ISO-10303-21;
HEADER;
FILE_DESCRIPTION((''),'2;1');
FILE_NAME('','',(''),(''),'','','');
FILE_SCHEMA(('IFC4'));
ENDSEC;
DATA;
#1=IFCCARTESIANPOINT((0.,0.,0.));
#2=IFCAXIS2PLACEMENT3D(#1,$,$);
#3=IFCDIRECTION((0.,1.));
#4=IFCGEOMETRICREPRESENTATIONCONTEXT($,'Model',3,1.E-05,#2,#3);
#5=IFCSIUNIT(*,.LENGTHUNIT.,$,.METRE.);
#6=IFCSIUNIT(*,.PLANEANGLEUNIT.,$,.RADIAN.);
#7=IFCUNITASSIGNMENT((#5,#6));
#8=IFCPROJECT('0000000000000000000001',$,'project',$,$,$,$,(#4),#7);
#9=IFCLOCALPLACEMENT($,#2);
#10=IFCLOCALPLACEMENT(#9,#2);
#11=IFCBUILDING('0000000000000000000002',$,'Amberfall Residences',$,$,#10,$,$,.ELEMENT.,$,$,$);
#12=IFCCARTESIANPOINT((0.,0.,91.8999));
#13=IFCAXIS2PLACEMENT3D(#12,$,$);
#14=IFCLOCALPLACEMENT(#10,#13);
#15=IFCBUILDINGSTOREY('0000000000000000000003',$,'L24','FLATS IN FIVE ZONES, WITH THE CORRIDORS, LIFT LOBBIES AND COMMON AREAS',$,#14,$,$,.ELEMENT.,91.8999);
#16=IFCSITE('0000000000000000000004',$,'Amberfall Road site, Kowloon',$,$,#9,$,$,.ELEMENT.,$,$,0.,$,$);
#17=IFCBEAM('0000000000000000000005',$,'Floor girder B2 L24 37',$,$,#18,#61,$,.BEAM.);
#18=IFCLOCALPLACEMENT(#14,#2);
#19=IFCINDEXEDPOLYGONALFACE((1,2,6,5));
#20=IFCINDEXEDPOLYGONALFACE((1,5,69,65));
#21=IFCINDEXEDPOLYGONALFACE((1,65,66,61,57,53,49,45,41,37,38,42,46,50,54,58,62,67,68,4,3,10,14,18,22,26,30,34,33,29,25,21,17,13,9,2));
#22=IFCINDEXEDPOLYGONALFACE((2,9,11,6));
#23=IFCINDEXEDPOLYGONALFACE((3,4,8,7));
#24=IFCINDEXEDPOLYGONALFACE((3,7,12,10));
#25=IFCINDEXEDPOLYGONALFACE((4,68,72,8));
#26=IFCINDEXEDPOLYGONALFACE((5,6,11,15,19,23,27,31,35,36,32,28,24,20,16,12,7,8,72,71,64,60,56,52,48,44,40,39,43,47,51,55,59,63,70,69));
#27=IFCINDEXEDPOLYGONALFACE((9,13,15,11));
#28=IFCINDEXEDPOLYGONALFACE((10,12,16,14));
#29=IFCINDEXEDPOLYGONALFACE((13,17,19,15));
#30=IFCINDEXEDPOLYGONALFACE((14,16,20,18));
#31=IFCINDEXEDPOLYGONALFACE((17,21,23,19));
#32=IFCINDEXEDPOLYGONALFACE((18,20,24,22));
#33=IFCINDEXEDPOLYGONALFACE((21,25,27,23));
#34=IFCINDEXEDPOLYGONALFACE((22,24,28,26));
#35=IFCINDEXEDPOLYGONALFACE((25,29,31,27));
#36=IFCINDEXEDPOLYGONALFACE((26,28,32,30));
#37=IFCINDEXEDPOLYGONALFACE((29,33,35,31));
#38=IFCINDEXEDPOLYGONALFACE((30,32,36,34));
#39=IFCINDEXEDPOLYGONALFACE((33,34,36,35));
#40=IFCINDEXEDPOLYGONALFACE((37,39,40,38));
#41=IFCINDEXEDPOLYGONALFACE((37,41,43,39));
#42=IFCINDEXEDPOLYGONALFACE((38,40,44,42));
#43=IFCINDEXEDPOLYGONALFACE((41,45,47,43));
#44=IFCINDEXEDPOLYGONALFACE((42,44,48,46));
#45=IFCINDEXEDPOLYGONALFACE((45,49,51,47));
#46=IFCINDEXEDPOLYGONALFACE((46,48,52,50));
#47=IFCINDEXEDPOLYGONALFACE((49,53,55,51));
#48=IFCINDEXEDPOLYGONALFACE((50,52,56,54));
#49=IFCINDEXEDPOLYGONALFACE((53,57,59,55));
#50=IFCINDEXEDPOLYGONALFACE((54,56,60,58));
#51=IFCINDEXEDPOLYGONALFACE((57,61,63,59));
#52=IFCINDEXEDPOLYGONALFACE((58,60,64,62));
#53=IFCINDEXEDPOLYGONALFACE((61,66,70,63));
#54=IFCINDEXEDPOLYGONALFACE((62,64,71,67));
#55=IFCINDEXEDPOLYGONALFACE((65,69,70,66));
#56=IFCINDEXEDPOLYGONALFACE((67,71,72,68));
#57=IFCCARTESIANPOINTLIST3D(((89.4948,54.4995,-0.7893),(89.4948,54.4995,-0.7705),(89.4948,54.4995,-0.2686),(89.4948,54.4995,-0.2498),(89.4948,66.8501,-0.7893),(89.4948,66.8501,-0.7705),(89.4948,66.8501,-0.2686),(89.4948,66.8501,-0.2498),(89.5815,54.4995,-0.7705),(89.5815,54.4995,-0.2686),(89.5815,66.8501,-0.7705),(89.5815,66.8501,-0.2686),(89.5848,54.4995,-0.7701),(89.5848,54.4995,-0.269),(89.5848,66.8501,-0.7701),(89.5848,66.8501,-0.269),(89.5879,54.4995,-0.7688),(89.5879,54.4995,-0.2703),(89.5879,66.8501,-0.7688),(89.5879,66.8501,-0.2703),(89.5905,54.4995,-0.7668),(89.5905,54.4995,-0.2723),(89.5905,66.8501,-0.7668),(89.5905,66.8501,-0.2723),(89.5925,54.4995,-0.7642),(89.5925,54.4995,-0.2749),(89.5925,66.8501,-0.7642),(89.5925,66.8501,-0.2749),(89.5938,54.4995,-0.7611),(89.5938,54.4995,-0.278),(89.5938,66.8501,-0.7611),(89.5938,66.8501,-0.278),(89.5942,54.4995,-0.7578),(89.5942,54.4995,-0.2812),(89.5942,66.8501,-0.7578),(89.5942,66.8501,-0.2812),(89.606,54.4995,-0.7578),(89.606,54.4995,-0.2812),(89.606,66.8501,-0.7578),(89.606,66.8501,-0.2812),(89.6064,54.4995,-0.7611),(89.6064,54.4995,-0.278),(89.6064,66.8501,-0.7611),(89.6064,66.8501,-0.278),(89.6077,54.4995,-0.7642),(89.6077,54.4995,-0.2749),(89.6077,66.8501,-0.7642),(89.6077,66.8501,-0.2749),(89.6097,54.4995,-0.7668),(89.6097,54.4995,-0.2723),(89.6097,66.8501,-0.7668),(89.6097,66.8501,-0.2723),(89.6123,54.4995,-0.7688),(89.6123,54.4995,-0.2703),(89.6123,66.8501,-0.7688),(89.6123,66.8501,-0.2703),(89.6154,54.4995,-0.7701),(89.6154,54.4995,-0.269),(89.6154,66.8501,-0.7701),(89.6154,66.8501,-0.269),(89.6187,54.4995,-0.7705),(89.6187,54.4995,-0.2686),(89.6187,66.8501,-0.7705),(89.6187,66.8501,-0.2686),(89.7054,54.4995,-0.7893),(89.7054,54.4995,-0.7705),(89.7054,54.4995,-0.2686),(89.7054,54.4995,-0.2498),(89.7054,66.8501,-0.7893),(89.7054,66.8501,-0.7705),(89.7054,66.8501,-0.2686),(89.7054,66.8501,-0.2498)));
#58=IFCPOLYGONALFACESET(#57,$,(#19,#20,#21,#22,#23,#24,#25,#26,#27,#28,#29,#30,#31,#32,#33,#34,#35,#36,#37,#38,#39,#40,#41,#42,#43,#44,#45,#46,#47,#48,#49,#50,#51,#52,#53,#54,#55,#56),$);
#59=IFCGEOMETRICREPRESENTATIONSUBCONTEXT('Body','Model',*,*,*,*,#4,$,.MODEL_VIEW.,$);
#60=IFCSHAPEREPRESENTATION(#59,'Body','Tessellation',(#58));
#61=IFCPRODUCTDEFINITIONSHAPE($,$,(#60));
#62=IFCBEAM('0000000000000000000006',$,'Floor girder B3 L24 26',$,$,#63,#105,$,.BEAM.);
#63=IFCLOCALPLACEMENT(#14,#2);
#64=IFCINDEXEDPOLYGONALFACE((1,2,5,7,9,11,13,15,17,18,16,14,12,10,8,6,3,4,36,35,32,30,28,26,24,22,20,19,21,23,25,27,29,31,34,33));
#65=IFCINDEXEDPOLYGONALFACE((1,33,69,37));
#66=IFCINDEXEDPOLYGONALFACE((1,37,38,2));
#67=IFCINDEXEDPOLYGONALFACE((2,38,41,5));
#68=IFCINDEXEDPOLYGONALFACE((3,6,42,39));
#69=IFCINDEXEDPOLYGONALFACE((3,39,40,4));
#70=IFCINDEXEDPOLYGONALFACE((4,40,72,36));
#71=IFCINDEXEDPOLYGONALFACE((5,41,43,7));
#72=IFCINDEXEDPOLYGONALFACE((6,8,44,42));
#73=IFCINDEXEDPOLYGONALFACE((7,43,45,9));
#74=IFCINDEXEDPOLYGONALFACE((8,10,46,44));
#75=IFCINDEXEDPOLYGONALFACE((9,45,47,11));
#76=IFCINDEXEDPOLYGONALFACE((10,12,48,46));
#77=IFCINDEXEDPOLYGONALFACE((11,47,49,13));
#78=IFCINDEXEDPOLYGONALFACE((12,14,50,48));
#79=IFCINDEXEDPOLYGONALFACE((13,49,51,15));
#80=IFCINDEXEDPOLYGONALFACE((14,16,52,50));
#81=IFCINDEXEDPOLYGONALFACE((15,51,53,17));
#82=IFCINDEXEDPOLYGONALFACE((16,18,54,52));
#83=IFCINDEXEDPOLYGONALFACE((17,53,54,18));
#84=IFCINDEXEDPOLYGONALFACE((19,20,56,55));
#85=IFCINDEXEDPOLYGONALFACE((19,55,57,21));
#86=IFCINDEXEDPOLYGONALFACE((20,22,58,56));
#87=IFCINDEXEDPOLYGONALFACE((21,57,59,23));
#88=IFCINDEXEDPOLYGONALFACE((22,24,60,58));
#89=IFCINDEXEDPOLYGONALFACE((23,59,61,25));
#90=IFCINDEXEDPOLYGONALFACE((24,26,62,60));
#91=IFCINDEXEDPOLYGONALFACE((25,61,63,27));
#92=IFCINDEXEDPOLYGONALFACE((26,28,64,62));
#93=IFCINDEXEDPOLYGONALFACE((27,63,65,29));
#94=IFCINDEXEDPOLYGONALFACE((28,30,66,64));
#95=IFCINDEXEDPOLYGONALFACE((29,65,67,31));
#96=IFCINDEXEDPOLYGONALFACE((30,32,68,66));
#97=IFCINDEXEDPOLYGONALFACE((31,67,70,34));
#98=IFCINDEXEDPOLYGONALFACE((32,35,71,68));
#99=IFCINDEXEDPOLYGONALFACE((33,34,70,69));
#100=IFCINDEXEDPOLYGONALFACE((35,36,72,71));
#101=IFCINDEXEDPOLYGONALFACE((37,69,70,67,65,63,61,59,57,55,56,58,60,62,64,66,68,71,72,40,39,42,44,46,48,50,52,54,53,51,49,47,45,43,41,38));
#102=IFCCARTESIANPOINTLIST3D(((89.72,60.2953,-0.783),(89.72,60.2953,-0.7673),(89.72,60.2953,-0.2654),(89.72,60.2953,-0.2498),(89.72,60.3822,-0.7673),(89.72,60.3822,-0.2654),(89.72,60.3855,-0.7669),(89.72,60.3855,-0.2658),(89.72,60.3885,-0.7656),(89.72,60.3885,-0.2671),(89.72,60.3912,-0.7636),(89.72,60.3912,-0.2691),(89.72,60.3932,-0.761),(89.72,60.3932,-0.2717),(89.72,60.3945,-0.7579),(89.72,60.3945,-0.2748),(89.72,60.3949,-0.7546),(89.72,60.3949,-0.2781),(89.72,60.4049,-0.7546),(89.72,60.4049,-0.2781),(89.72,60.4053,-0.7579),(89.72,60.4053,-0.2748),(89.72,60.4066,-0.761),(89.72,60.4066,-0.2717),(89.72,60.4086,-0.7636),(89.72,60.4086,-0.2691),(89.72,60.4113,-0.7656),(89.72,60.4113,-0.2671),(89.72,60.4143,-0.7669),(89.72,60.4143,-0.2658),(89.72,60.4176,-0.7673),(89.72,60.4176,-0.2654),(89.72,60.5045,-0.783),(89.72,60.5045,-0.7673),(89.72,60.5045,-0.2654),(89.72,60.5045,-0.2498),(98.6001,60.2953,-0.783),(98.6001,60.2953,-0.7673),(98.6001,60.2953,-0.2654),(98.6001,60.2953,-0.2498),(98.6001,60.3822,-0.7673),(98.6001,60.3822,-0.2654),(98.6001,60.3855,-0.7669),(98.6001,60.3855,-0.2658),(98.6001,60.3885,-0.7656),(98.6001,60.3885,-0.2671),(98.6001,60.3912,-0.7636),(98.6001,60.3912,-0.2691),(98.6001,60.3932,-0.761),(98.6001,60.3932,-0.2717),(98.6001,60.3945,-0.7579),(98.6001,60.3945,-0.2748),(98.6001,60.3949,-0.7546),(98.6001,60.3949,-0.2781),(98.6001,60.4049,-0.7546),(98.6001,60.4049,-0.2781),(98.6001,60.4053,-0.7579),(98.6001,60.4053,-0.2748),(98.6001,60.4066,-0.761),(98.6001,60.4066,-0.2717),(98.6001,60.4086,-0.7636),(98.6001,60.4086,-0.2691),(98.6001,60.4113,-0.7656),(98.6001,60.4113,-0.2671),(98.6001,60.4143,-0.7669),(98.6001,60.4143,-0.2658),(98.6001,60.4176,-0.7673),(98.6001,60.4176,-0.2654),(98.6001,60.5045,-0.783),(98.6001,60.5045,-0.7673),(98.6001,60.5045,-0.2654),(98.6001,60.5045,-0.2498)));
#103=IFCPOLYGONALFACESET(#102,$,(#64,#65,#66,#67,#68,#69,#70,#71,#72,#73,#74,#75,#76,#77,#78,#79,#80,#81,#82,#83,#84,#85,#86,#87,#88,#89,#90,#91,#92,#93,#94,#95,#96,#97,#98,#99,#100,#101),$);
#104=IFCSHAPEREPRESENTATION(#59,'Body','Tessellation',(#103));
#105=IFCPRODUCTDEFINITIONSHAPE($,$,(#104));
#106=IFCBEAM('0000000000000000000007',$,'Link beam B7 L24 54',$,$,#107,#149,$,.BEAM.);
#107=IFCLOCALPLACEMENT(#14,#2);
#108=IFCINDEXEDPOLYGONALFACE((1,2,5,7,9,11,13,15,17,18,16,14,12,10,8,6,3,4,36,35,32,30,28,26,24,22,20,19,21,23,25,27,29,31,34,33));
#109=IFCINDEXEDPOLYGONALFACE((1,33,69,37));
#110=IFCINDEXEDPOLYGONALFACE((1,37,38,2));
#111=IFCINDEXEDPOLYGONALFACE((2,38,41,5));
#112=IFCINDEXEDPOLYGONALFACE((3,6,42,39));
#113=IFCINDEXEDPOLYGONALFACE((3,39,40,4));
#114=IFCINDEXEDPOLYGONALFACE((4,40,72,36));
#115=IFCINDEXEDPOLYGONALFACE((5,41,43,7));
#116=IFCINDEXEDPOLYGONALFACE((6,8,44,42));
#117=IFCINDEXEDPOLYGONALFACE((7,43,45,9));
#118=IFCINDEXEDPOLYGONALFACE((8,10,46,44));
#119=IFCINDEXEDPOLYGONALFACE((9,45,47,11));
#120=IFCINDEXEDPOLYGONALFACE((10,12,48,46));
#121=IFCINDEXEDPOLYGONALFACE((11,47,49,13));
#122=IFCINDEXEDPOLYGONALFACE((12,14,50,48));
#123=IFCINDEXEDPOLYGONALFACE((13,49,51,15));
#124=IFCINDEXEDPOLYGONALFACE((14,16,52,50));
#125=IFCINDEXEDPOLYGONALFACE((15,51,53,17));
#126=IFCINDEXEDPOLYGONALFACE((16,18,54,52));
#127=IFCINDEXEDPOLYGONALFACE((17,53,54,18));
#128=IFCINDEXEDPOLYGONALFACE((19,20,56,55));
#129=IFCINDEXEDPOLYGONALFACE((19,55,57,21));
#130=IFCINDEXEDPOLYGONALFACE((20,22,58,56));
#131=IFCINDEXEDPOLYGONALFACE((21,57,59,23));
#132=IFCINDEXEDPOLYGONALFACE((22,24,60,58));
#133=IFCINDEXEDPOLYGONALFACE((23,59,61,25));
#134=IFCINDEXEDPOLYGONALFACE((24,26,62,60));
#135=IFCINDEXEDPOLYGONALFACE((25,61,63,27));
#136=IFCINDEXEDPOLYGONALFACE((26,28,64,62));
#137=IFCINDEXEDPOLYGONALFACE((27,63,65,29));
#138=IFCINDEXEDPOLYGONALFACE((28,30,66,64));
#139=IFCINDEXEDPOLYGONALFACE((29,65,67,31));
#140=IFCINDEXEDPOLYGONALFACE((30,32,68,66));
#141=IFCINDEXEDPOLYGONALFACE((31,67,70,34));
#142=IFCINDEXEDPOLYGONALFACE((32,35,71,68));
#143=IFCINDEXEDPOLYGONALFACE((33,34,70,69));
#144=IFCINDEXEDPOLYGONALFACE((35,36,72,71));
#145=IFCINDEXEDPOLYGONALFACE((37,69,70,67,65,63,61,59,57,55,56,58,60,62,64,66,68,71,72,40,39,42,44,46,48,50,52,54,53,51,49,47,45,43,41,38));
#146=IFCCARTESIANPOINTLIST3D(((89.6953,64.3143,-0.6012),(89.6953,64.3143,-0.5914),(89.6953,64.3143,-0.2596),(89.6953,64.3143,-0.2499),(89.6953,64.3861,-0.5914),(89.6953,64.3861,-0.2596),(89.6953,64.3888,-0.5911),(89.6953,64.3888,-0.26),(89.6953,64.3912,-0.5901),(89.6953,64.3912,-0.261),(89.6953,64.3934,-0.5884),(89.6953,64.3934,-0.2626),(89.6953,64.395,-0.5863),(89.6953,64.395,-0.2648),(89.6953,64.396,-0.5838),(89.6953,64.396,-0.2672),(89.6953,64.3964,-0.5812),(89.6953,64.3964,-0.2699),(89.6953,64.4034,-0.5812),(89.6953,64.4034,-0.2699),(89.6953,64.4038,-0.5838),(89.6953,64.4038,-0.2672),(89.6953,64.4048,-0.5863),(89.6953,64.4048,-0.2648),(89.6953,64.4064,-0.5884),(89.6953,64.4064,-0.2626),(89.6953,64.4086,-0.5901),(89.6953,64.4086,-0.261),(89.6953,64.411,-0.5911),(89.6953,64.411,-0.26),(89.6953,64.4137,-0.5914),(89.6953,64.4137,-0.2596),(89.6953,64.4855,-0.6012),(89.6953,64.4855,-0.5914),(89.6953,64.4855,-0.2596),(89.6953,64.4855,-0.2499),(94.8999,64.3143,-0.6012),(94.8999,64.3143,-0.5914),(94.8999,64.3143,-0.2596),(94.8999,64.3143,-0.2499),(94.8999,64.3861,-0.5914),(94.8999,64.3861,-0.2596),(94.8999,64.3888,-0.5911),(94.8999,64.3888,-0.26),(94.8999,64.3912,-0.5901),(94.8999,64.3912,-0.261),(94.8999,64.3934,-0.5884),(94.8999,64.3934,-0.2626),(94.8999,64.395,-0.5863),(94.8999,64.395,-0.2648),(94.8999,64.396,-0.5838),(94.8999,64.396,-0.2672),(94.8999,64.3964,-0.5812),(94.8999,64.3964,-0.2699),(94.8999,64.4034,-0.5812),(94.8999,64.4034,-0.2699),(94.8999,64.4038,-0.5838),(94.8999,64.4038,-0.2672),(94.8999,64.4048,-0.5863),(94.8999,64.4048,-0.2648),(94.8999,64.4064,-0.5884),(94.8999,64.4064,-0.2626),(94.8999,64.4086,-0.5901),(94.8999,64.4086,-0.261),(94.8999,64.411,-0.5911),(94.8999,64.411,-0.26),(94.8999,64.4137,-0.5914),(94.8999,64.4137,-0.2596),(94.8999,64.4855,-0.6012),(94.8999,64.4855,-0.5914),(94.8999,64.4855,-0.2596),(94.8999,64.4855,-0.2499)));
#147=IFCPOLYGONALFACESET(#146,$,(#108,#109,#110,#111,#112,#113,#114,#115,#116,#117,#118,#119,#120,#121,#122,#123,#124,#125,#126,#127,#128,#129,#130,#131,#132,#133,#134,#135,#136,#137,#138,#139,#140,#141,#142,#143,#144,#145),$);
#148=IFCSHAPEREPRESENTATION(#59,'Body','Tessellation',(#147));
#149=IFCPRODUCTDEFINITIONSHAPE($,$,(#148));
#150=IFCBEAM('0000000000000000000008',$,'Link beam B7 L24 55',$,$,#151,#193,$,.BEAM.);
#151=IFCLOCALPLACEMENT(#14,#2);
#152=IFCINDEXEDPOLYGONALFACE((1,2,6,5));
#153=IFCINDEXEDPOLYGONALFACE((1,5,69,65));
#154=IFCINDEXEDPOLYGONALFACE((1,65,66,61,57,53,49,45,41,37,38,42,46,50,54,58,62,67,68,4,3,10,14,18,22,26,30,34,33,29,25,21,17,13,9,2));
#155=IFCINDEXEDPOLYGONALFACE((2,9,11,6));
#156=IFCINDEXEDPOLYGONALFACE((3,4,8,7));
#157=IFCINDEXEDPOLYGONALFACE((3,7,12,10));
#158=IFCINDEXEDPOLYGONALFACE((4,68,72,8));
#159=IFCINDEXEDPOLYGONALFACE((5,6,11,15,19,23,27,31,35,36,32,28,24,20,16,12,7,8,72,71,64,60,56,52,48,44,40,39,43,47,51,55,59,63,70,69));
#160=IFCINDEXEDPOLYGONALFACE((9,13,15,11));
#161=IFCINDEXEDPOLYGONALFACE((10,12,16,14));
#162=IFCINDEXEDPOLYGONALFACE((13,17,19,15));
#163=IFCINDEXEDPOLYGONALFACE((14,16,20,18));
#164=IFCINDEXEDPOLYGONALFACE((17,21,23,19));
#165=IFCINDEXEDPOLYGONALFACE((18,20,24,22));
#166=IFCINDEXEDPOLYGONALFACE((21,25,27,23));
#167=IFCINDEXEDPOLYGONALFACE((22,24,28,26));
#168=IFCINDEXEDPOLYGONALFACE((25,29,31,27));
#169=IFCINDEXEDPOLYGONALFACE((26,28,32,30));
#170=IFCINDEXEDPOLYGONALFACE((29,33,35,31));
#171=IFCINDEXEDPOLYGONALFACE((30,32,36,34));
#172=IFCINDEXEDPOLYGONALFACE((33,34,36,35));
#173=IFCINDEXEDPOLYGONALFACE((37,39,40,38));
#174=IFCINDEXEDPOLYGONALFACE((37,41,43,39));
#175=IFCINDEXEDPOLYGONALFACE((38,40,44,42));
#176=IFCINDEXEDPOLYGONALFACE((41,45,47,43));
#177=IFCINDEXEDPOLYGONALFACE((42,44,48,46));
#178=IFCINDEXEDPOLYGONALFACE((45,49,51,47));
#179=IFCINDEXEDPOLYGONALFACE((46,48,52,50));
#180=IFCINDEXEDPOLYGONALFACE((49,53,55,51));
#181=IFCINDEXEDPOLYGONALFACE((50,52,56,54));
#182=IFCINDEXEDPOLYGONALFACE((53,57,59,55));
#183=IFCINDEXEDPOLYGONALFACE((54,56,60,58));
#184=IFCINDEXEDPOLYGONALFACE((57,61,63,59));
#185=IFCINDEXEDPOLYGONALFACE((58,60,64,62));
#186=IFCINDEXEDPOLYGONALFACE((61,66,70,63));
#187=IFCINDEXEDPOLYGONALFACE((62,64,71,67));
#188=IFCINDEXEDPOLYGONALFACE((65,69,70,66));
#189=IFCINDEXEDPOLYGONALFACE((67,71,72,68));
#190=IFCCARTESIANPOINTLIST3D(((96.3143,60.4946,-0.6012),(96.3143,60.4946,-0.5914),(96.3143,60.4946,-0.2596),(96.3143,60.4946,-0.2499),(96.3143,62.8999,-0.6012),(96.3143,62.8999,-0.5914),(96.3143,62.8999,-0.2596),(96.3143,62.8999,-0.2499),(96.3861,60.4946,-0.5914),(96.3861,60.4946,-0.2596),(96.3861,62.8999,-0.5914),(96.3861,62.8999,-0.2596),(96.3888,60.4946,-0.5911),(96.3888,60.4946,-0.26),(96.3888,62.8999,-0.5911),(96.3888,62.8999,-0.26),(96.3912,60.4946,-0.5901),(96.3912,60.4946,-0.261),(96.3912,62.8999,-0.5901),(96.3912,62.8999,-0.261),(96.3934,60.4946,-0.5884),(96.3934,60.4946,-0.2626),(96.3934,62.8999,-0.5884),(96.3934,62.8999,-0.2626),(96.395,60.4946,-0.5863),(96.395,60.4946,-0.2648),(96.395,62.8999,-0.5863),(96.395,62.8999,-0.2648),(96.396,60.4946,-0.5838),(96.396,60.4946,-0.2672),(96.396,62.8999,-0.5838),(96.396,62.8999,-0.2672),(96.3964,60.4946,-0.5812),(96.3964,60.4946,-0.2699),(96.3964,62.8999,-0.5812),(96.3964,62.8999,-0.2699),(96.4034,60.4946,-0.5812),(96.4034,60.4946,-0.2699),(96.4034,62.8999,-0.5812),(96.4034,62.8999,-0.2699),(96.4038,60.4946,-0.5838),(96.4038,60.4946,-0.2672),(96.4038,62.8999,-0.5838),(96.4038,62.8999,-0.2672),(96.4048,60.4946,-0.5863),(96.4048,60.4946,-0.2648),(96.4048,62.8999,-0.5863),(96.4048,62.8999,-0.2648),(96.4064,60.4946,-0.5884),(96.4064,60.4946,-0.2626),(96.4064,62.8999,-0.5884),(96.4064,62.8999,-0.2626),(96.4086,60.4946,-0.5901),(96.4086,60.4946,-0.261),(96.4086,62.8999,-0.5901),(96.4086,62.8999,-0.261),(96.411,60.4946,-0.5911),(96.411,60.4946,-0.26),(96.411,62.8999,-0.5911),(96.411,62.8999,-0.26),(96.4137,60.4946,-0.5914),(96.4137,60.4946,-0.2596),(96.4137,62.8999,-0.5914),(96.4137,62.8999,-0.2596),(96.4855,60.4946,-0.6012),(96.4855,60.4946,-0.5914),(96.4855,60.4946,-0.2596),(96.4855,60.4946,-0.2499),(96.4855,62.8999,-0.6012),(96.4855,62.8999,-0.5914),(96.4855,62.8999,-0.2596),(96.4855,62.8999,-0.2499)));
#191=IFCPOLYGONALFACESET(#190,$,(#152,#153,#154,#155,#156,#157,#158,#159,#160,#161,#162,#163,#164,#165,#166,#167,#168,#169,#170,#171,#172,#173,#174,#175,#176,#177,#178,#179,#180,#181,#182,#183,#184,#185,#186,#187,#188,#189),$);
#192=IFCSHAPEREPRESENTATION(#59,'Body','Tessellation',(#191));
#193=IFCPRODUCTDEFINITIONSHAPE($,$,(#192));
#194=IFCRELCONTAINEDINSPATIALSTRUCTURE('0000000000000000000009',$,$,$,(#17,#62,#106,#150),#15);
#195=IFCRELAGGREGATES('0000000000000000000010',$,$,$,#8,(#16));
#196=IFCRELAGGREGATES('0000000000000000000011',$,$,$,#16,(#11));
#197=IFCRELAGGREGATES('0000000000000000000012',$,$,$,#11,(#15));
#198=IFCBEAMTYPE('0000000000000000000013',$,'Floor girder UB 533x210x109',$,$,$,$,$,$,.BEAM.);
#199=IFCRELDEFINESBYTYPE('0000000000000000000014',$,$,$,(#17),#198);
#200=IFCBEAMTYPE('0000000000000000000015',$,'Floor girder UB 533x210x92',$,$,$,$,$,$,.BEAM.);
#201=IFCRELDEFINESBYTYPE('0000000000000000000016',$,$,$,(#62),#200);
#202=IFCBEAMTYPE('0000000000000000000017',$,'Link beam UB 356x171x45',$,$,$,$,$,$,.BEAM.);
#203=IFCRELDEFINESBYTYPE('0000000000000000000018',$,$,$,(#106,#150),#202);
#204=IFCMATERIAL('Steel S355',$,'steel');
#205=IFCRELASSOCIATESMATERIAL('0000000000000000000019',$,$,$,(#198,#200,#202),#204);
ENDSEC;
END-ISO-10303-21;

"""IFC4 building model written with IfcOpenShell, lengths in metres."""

from ifc_helpers import new_model, si_unit, direction, frame, origin, origin_2d, place, context, subcontext, project, spatial, i_section, extrude, material, material_profile, profile_set, type_object, element, save


model = new_model("IFC4")

# Units and contexts
model_context = context("Model", 3, precision=1e-05, world=origin(), true_north=direction((0.0, 1.0)))
body_context = subcontext(model_context, "Body", "Model", "MODEL_VIEW")
ifc_project = project(units=[si_unit("LENGTHUNIT", "METRE"), si_unit("PLANEANGLEUNIT", "RADIAN")], contexts=[model_context])

# Site, building, storey
site_placement = place(None, origin())
site = spatial("IfcSite", under=ifc_project, at=site_placement, Name="Amberfall Road site, Kowloon", CompositionType="ELEMENT", RefElevation=0.0)
building_placement = place(site_placement, origin())
building = spatial("IfcBuilding", under=site, at=building_placement, Name="Amberfall Residences", CompositionType="ELEMENT")
storey_placement = place(building_placement, frame((0.0, 0.0, 91.8999)))
storey = spatial("IfcBuildingStorey", under=building, at=storey_placement, Name="L24", Description="FLATS IN FIVE ZONES, WITH THE CORRIDORS, LIFT LOBBIES AND COMMON AREAS", CompositionType="ELEMENT", Elevation=91.8999)

# Beams
ifc_material_1 = material(Name="Steel S355", Category="steel")
ifc_material_profile_1 = material_profile(ifc_material_1, i_section(OverallWidth=0.2107, OverallDepth=0.5396, WebThickness=0.0117, FlangeThickness=0.0188, FilletRadius=0.0127, at=origin_2d()), Name="UB 533x210x109")
ifc_profile_set_1 = profile_set([ifc_material_profile_1], Name="Steel S355")
beam_type_1 = type_object("IfcBeamType", Name="Floor girder UB 533x210x109", PredefinedType="BEAM", material=ifc_profile_set_1)
beam_1_placement = place(storey_placement, frame((89.6001, 66.8501, -0.5195), z_axis=(0.0, -1.0, 0.0), x_axis=(1.0, 0.0, 0.0)))
element("IfcBeam", 1, at=beam_1_placement, inside=storey, type_object=beam_type_1, Name="Floor girder B2 L24 37", PredefinedType="BEAM", context=body_context, shape_type="SweptSolid", body=[
    extrude(i_section(OverallWidth=0.2107, OverallDepth=0.5396, WebThickness=0.0117, FlangeThickness=0.0188, FilletRadius=0.0127, at=origin_2d()), origin(), (0.0, 0.0, 1.0), 12.3506),
])
ifc_material_profile_2 = material_profile(ifc_material_1, i_section(OverallWidth=0.2092, OverallDepth=0.5332, WebThickness=0.01, FlangeThickness=0.0156, FilletRadius=0.0127, at=origin_2d()), Name="UB 533x210x92")
ifc_profile_set_2 = profile_set([ifc_material_profile_2], Name="Steel S355")
beam_type_2 = type_object("IfcBeamType", Name="Floor girder UB 533x210x92", PredefinedType="BEAM", material=ifc_profile_set_2)
beam_2_placement = place(storey_placement, frame((98.6001, 60.3999, -0.5164), z_axis=(-1.0, 0.0, 0.0), x_axis=(0.0, -1.0, 0.0)))
element("IfcBeam", 2, at=beam_2_placement, inside=storey, type_object=beam_type_2, Name="Floor girder B3 L24 26", PredefinedType="BEAM", context=body_context, shape_type="SweptSolid", body=[
    extrude(i_section(OverallWidth=0.2092, OverallDepth=0.5332, WebThickness=0.01, FlangeThickness=0.0156, FilletRadius=0.0127, at=origin_2d()), origin(), (0.0, 0.0, 1.0), 8.8801),
])
ifc_material_profile_3 = material_profile(ifc_material_1, i_section(OverallWidth=0.1711, OverallDepth=0.3513, WebThickness=0.0071, FlangeThickness=0.0098, FilletRadius=0.0103, at=origin_2d()), Name="UB 356x171x45")
ifc_profile_set_3 = profile_set([ifc_material_profile_3], Name="Steel S355")
beam_type_3 = type_object("IfcBeamType", Name="Link beam UB 356x171x45", PredefinedType="BEAM", material=ifc_profile_set_3)
beam_3_placement = place(storey_placement, frame((94.8999, 64.3999, -0.4255), z_axis=(-1.0, 0.0, 0.0), x_axis=(0.0, -1.0, 0.0)))
element("IfcBeam", 3, at=beam_3_placement, inside=storey, type_object=beam_type_3, Name="Link beam B7 L24 54", PredefinedType="BEAM", context=body_context, shape_type="SweptSolid", body=[
    extrude(i_section(OverallWidth=0.1711, OverallDepth=0.3513, WebThickness=0.0071, FlangeThickness=0.0098, FilletRadius=0.0103, at=origin_2d()), origin(), (0.0, 0.0, 1.0), 5.2046),
])
beam_4_placement = place(storey_placement, frame((96.3999, 62.8999, -0.4255), z_axis=(0.0, -1.0, 0.0), x_axis=(1.0, 0.0, 0.0)))
element("IfcBeam", 4, at=beam_4_placement, inside=storey, type_object=beam_type_3, Name="Link beam B7 L24 55", PredefinedType="BEAM", context=body_context, shape_type="SweptSolid", body=[
    extrude(i_section(OverallWidth=0.1711, OverallDepth=0.3513, WebThickness=0.0071, FlangeThickness=0.0098, FilletRadius=0.0103, at=origin_2d()), origin(), (0.0, 0.0, 1.0), 2.4053),
])

save(model, "model.ifc")
